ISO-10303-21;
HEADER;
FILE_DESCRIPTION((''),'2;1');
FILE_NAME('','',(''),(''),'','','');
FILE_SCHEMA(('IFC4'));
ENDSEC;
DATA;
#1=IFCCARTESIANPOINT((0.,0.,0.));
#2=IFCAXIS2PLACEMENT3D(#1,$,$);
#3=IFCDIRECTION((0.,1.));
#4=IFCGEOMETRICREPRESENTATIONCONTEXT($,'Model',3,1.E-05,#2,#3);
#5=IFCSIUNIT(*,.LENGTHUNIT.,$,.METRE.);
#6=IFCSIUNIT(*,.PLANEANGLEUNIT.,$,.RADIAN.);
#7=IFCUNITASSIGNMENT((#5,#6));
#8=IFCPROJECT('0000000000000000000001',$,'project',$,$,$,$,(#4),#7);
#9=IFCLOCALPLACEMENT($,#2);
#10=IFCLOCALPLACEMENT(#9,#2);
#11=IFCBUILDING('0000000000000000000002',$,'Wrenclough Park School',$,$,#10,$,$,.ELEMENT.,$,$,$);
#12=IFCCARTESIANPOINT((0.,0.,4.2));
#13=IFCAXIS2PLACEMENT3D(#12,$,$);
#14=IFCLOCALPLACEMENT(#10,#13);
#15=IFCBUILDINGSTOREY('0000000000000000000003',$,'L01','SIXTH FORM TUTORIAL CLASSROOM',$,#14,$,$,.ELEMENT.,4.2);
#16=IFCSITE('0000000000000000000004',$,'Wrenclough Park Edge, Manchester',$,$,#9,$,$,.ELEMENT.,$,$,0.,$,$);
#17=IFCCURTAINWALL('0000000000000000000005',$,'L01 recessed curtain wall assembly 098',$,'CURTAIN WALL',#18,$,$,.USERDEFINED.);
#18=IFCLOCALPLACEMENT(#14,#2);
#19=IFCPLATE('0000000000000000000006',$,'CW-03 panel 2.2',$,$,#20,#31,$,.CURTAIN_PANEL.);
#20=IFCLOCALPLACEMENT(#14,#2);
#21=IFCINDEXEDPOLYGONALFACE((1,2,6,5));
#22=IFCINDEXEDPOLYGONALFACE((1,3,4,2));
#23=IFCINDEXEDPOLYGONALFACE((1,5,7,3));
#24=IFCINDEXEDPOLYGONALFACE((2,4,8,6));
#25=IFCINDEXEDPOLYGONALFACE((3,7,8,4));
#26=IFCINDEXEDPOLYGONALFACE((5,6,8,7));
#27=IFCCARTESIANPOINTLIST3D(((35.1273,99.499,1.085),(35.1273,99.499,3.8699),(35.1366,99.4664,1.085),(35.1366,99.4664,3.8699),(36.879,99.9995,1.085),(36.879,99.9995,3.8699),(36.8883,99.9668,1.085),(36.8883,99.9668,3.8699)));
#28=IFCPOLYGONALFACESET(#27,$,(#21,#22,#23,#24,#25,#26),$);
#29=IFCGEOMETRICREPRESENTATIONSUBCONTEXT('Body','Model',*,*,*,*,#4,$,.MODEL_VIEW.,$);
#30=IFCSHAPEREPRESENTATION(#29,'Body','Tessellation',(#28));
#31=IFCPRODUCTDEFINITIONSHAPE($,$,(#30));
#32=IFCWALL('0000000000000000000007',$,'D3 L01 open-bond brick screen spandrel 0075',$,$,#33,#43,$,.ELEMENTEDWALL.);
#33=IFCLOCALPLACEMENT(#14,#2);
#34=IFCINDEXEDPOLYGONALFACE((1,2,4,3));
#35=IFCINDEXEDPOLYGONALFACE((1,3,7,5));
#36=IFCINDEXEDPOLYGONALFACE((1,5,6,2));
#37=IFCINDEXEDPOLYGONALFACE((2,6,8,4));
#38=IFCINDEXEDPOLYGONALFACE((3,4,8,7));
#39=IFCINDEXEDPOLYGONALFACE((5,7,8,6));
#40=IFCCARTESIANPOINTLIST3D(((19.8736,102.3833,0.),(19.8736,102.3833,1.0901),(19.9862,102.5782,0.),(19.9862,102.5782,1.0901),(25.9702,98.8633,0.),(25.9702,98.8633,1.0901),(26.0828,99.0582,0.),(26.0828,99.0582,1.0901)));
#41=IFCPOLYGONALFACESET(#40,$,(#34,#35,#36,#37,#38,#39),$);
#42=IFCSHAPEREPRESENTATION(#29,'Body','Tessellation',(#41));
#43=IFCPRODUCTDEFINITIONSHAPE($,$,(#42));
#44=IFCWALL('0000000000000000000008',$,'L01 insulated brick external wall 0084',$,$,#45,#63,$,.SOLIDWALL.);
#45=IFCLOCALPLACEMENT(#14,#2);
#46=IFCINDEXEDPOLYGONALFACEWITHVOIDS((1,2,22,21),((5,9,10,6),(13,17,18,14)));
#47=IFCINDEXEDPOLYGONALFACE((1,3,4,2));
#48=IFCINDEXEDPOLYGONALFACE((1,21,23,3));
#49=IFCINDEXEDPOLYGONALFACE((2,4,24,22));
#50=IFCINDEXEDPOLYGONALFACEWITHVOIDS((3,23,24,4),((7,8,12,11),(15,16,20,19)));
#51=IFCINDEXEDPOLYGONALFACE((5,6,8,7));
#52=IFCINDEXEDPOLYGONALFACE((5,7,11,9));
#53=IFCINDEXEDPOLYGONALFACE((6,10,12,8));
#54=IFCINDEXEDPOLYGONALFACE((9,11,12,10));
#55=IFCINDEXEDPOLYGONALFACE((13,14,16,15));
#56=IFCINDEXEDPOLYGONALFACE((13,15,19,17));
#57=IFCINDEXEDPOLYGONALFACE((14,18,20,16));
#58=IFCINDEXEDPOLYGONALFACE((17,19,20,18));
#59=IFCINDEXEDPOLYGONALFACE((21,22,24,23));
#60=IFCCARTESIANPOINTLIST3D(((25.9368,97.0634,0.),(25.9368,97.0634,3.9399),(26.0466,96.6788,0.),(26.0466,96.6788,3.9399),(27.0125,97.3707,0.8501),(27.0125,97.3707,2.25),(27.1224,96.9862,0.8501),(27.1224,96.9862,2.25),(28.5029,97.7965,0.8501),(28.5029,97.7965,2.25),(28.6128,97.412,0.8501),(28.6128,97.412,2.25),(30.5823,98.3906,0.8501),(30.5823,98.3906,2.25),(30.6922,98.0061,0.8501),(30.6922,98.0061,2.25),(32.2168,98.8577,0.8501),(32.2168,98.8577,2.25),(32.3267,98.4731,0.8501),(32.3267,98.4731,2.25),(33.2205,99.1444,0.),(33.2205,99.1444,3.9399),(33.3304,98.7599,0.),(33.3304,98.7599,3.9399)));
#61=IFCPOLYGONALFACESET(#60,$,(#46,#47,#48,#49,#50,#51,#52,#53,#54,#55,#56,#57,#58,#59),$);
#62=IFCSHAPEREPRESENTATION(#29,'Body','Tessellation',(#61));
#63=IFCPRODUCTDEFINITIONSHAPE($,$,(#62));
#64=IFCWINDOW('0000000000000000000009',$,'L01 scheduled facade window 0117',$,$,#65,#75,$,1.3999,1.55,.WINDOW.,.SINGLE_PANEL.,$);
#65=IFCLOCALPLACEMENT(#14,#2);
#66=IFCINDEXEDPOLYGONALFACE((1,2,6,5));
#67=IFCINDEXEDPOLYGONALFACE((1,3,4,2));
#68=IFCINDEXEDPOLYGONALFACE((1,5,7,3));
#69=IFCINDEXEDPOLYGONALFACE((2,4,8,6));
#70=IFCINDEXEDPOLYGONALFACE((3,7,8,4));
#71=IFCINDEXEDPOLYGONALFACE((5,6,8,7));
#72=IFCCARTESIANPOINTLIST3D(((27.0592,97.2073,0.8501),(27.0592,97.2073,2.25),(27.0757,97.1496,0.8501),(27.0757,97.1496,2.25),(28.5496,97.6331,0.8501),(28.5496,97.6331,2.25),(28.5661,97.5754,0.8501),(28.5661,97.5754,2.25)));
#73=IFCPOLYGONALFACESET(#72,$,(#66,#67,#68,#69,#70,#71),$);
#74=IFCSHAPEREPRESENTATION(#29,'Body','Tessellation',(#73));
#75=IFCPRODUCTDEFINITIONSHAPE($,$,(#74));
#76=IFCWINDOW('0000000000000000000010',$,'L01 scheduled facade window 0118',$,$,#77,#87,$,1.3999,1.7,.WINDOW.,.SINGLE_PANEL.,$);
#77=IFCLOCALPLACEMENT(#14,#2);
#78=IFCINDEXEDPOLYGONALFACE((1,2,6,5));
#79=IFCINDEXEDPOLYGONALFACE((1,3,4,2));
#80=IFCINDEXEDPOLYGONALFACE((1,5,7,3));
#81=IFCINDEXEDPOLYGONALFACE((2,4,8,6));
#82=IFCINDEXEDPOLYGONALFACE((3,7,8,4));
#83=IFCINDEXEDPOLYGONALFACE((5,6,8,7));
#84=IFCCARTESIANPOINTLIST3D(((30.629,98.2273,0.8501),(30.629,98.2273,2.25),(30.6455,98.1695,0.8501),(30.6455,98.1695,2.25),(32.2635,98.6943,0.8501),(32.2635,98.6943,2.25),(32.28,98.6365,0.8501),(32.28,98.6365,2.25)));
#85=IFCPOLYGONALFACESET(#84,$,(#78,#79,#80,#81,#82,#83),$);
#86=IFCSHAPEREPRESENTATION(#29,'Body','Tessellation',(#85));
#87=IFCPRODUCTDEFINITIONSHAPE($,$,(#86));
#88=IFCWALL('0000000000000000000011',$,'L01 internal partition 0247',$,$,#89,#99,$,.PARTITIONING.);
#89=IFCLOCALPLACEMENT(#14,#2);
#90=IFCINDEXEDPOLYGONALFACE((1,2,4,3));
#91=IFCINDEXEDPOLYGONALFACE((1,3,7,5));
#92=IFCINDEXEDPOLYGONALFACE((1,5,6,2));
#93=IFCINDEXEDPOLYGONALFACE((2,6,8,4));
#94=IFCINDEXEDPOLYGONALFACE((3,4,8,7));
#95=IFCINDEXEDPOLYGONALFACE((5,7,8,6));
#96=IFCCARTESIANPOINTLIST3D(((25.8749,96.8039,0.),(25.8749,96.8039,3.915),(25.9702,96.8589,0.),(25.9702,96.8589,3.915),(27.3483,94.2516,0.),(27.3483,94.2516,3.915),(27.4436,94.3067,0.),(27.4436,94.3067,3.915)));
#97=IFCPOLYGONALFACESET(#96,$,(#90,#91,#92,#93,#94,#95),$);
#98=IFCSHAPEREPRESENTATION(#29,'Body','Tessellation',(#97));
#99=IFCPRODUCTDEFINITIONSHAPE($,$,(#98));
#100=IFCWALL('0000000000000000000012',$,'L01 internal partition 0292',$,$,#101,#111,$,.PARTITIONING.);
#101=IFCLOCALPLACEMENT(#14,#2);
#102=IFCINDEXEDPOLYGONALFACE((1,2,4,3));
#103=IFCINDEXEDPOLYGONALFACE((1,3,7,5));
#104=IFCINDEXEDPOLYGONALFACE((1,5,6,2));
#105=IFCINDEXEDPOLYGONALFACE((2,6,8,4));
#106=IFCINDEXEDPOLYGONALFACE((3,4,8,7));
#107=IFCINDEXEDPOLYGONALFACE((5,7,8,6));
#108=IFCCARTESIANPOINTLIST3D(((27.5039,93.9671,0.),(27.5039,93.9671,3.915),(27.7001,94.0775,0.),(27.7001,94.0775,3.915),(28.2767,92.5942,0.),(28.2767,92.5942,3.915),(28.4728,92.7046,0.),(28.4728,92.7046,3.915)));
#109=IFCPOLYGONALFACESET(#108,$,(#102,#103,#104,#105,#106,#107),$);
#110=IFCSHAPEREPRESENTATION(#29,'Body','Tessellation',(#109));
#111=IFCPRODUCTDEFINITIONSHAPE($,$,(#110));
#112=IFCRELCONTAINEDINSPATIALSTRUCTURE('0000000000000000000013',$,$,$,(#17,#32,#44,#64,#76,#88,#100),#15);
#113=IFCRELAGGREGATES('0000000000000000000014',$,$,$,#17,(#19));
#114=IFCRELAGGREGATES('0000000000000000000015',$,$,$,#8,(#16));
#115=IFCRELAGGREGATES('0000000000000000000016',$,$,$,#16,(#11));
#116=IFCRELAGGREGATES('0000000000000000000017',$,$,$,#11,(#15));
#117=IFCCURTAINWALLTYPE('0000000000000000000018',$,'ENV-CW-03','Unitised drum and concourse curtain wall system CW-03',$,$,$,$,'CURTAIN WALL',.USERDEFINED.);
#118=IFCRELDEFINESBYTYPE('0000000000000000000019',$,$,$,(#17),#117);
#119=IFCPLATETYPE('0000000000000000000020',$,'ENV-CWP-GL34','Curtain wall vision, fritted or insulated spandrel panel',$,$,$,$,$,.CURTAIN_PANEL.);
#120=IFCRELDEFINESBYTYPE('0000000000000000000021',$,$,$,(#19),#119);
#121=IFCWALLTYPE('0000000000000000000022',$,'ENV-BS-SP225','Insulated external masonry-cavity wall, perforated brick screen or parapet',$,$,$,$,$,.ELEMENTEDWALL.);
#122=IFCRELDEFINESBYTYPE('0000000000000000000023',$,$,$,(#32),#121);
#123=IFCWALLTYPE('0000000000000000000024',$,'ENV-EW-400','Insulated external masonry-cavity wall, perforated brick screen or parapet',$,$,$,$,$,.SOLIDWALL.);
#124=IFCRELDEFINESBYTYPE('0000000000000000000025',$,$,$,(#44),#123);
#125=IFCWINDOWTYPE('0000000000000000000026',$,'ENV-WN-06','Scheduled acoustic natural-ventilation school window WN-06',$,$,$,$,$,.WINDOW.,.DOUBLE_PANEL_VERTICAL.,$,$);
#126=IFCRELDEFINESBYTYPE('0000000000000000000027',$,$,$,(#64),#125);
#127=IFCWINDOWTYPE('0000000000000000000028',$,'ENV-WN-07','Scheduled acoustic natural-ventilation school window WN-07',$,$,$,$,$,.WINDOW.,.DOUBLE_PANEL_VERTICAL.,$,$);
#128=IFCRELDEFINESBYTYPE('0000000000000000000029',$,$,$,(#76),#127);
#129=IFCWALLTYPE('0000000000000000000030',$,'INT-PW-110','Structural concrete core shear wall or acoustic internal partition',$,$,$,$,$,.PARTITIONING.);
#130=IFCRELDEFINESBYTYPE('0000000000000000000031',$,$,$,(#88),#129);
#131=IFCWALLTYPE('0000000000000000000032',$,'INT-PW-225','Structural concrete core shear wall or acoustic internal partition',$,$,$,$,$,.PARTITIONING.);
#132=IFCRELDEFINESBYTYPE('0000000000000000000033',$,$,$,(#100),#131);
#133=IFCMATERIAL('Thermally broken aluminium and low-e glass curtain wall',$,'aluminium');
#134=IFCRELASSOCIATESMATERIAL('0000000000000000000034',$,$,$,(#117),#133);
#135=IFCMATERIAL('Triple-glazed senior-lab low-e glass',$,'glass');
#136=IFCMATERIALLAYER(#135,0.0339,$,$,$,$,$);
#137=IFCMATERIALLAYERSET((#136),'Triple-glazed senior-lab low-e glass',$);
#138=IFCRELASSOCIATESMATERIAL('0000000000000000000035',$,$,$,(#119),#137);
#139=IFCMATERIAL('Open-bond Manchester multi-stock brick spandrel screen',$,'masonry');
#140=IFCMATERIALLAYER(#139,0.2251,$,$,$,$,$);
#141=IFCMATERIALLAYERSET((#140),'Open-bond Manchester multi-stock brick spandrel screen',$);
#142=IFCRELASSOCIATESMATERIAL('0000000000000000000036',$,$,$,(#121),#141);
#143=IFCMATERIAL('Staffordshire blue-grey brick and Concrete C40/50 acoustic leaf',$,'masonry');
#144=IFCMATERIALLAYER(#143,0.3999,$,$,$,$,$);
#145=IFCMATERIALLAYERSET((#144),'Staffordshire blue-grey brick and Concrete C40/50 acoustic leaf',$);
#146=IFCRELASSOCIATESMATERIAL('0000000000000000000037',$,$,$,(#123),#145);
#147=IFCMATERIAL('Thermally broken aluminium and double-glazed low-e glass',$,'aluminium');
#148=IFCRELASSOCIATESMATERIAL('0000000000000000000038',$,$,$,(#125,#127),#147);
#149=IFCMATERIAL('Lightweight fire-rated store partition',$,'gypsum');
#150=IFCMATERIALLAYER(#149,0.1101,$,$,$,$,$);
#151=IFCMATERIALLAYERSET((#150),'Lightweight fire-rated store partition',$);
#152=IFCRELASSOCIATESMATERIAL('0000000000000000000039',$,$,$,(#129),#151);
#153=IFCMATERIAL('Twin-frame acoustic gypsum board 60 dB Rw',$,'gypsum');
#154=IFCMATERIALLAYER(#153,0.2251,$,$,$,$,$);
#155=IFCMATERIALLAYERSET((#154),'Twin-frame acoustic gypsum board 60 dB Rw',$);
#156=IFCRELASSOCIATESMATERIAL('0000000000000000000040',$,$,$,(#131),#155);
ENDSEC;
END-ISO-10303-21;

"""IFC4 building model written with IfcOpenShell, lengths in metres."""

from ifc_helpers import new_model, si_unit, direction, frame, frame_2d, origin, origin_2d, place, context, subcontext, project, spatial, rectangle, extrude, material, layer, layer_set, type_object, element, fill, aggregate, save


model = new_model("IFC4")

# Units and contexts
model_context = context("Model", 3, precision=1e-05, world=origin(), true_north=direction((0.0, 1.0)))
body_context = subcontext(model_context, "Body", "Model", "MODEL_VIEW")
ifc_project = project(units=[si_unit("LENGTHUNIT", "METRE"), si_unit("PLANEANGLEUNIT", "RADIAN")], contexts=[model_context])

# Site, building, storey
site_placement = place(None, origin())
site = spatial("IfcSite", under=ifc_project, at=site_placement, Name="Wrenclough Park Edge, Manchester", CompositionType="ELEMENT", RefElevation=0.0)
building_placement = place(site_placement, origin())
building = spatial("IfcBuilding", under=site, at=building_placement, Name="Wrenclough Park School", CompositionType="ELEMENT")
storey_placement = place(building_placement, frame((0.0, 0.0, 4.2)))
storey = spatial("IfcBuildingStorey", under=building, at=storey_placement, Name="L01", Description="SIXTH FORM TUTORIAL CLASSROOM", CompositionType="ELEMENT", Elevation=4.2)

# Curtain wall
ifc_material_1 = material(Name="Thermally broken aluminium and low-e glass curtain wall", Category="aluminium")
curtain_wall_type = type_object("IfcCurtainWallType", Name="ENV-CW-03", Description="Unitised drum and concourse curtain wall system CW-03", ElementType="CURTAIN WALL", PredefinedType="USERDEFINED", material=ifc_material_1)
curtain_wall_placement = place(storey_placement, origin())
curtain_wall = element("IfcCurtainWall", 1, at=curtain_wall_placement, inside=storey, type_object=curtain_wall_type, Name="L01 recessed curtain wall assembly 098", ObjectType="CURTAIN WALL", PredefinedType="USERDEFINED")

# Plate
ifc_material_2 = material(Name="Triple-glazed senior-lab low-e glass", Category="glass")
ifc_layer_1 = layer(ifc_material_2, 0.0339)
ifc_layer_set_1 = layer_set([ifc_layer_1], Name="Triple-glazed senior-lab low-e glass")
plate_type = type_object("IfcPlateType", Name="ENV-CWP-GL34", Description="Curtain wall vision, fritted or insulated spandrel panel", PredefinedType="CURTAIN_PANEL", material=ifc_layer_set_1)
plate_1_placement = place(storey_placement, frame((36.0078, 99.7329, 1.085), z_axis=(0.0, 0.0, 1.0), x_axis=(0.961522, 0.274726, 0.0)))
plate_1 = element("IfcPlate", 2, at=plate_1_placement, type_object=plate_type, Name="CW-03 panel 2.2", PredefinedType="CURTAIN_PANEL", context=body_context, shape_type="SweptSolid", body=[
    extrude(rectangle(XDim=1.8218, YDim=0.0339, at=origin_2d()), origin(), (0.0, 0.0, 1.0), 2.7849),
])
aggregate(curtain_wall, [plate_1])

# Wall
ifc_material_3 = material(Name="Open-bond Manchester multi-stock brick spandrel screen", Category="masonry")
ifc_layer_2 = layer(ifc_material_3, 0.2251)
ifc_layer_set_2 = layer_set([ifc_layer_2], Name="Open-bond Manchester multi-stock brick spandrel screen")
wall_type_1 = type_object("IfcWallType", Name="ENV-BS-SP225", Description="Insulated external masonry-cavity wall, perforated brick screen or parapet", PredefinedType="ELEMENTEDWALL", material=ifc_layer_set_2)
wall_1_placement = place(storey_placement, frame((26.0266, 98.9607, 0.0), z_axis=(0.0, 0.0, 1.0), x_axis=(-0.866019, 0.500011, 0.0)))
element("IfcWall", 3, at=wall_1_placement, inside=storey, type_object=wall_type_1, Name="D3 L01 open-bond brick screen spandrel 0075", PredefinedType="ELEMENTEDWALL", context=body_context, shape_type="SweptSolid", body=[
    extrude(rectangle(XDim=7.0398, YDim=0.2251, at=frame_2d((3.52, 0.0))), origin(), (0.0, 0.0, 1.0), 1.0901),
])

# Wall, openings, windows
ifc_material_4 = material(Name="Staffordshire blue-grey brick and Concrete C40/50 acoustic leaf", Category="masonry")
ifc_layer_3 = layer(ifc_material_4, 0.3999)
ifc_layer_set_3 = layer_set([ifc_layer_3], Name="Staffordshire blue-grey brick and Concrete C40/50 acoustic leaf")
wall_type_2 = type_object("IfcWallType", Name="ENV-EW-400", Description="Insulated external masonry-cavity wall, perforated brick screen or parapet", PredefinedType="SOLIDWALL", material=ifc_layer_set_3)
wall_2_placement = place(storey_placement, frame((25.9917, 96.8711, 0.0), z_axis=(0.0, 0.0, 1.0), x_axis=(0.961524, 0.274721, 0.0)))
wall_2 = element("IfcWall", 4, at=wall_2_placement, inside=storey, type_object=wall_type_2, Name="L01 insulated brick external wall 0084", PredefinedType="SOLIDWALL", context=body_context, shape_type="SweptSolid", body=[
    extrude(rectangle(XDim=7.5752, YDim=0.3999, at=frame_2d((3.7876, 0.0))), origin(), (0.0, 0.0, 1.0), 3.9399),
])
opening_1_placement = place(wall_2_placement, frame((1.1189, 0.0, 0.8501)))
opening_1 = element("IfcOpeningElement", 5, at=opening_1_placement, cuts=wall_2, PredefinedType="OPENING", context=body_context, shape_type="SweptSolid", body=[
    extrude(rectangle(XDim=1.55, YDim=1.3999, at=frame_2d((0.7749, 0.7))), frame((0.0, 0.21, 0.0), z_axis=(0.0, -1.0, 0.0), x_axis=(1.0, 0.0, 0.0)), (0.0, 0.0, 1.0), 0.4199),
])
opening_2_placement = place(wall_2_placement, frame((4.8313, 0.0, 0.8501)))
opening_2 = element("IfcOpeningElement", 6, at=opening_2_placement, cuts=wall_2, PredefinedType="OPENING", context=body_context, shape_type="SweptSolid", body=[
    extrude(rectangle(XDim=1.7, YDim=1.3999, at=frame_2d((0.8501, 0.7))), frame((0.0, 0.21, 0.0), z_axis=(0.0, -1.0, 0.0), x_axis=(1.0, 0.0, 0.0)), (0.0, 0.0, 1.0), 0.4199),
])
ifc_material_5 = material(Name="Thermally broken aluminium and double-glazed low-e glass", Category="aluminium")
window_type_1 = type_object("IfcWindowType", Name="ENV-WN-06", Description="Scheduled acoustic natural-ventilation school window WN-06", PartitioningType="DOUBLE_PANEL_VERTICAL", PredefinedType="WINDOW", material=ifc_material_5)
window_1_placement = place(opening_1_placement, origin())
window_1 = element("IfcWindow", 7, at=window_1_placement, inside=storey, type_object=window_type_1, Name="L01 scheduled facade window 0117", OverallHeight=1.3999, OverallWidth=1.55, PartitioningType="SINGLE_PANEL", PredefinedType="WINDOW", context=body_context, shape_type="SweptSolid", body=[
    extrude(rectangle(XDim=1.55, YDim=1.3999, at=frame_2d((0.7749, 0.7))), frame((0.0, 0.03, 0.0), z_axis=(0.0, -1.0, 0.0), x_axis=(1.0, 0.0, 0.0)), (0.0, 0.0, 1.0), 0.0601),
])
fill(opening_1, window_1)
window_type_2 = type_object("IfcWindowType", Name="ENV-WN-07", Description="Scheduled acoustic natural-ventilation school window WN-07", PartitioningType="DOUBLE_PANEL_VERTICAL", PredefinedType="WINDOW", material=ifc_material_5)
window_2_placement = place(opening_2_placement, origin())
window_2 = element("IfcWindow", 8, at=window_2_placement, inside=storey, type_object=window_type_2, Name="L01 scheduled facade window 0118", OverallHeight=1.3999, OverallWidth=1.7, PartitioningType="SINGLE_PANEL", PredefinedType="WINDOW", context=body_context, shape_type="SweptSolid", body=[
    extrude(rectangle(XDim=1.7, YDim=1.3999, at=frame_2d((0.8501, 0.7))), frame((0.0, 0.03, 0.0), z_axis=(0.0, -1.0, 0.0), x_axis=(1.0, 0.0, 0.0)), (0.0, 0.0, 1.0), 0.0601),
])
fill(opening_2, window_2)

# Walls
ifc_material_6 = material(Name="Lightweight fire-rated store partition", Category="gypsum")
ifc_layer_4 = layer(ifc_material_6, 0.1101)
ifc_layer_set_4 = layer_set([ifc_layer_4], Name="Lightweight fire-rated store partition")
wall_type_3 = type_object("IfcWallType", Name="INT-PW-110", Description="Structural concrete core shear wall or acoustic internal partition", PredefinedType="PARTITIONING", material=ifc_layer_set_4)
wall_3_placement = place(storey_placement, frame((27.396, 94.2791, 0.0), z_axis=(0.0, 0.0, 1.0), x_axis=(-0.499961, 0.866048, 0.0)))
element("IfcWall", 9, at=wall_3_placement, inside=storey, type_object=wall_type_3, Name="L01 internal partition 0247", PredefinedType="PARTITIONING", context=body_context, shape_type="SweptSolid", body=[
    extrude(rectangle(XDim=2.947, YDim=0.1101, at=frame_2d((1.4736, 0.0))), origin(), (0.0, 0.0, 1.0), 3.915),
])
ifc_material_7 = material(Name="Twin-frame acoustic gypsum board 60 dB Rw", Category="gypsum")
ifc_layer_5 = layer(ifc_material_7, 0.2251)
ifc_layer_set_5 = layer_set([ifc_layer_5], Name="Twin-frame acoustic gypsum board 60 dB Rw")
wall_type_4 = type_object("IfcWallType", Name="INT-PW-225", Description="Structural concrete core shear wall or acoustic internal partition", PredefinedType="PARTITIONING", material=ifc_layer_set_5)
wall_4_placement = place(storey_placement, frame((27.6021, 94.0222, 0.0), z_axis=(0.0, 0.0, 1.0), x_axis=(0.490504, -0.871439, 0.0)))
element("IfcWall", 10, at=wall_4_placement, inside=storey, type_object=wall_type_4, Name="L01 internal partition 0292", PredefinedType="PARTITIONING", context=body_context, shape_type="SweptSolid", body=[
    extrude(rectangle(XDim=1.5754, YDim=0.2251, at=frame_2d((0.7876, 0.0))), origin(), (0.0, 0.0, 1.0), 3.915),
])

save(model, "model.ifc")
